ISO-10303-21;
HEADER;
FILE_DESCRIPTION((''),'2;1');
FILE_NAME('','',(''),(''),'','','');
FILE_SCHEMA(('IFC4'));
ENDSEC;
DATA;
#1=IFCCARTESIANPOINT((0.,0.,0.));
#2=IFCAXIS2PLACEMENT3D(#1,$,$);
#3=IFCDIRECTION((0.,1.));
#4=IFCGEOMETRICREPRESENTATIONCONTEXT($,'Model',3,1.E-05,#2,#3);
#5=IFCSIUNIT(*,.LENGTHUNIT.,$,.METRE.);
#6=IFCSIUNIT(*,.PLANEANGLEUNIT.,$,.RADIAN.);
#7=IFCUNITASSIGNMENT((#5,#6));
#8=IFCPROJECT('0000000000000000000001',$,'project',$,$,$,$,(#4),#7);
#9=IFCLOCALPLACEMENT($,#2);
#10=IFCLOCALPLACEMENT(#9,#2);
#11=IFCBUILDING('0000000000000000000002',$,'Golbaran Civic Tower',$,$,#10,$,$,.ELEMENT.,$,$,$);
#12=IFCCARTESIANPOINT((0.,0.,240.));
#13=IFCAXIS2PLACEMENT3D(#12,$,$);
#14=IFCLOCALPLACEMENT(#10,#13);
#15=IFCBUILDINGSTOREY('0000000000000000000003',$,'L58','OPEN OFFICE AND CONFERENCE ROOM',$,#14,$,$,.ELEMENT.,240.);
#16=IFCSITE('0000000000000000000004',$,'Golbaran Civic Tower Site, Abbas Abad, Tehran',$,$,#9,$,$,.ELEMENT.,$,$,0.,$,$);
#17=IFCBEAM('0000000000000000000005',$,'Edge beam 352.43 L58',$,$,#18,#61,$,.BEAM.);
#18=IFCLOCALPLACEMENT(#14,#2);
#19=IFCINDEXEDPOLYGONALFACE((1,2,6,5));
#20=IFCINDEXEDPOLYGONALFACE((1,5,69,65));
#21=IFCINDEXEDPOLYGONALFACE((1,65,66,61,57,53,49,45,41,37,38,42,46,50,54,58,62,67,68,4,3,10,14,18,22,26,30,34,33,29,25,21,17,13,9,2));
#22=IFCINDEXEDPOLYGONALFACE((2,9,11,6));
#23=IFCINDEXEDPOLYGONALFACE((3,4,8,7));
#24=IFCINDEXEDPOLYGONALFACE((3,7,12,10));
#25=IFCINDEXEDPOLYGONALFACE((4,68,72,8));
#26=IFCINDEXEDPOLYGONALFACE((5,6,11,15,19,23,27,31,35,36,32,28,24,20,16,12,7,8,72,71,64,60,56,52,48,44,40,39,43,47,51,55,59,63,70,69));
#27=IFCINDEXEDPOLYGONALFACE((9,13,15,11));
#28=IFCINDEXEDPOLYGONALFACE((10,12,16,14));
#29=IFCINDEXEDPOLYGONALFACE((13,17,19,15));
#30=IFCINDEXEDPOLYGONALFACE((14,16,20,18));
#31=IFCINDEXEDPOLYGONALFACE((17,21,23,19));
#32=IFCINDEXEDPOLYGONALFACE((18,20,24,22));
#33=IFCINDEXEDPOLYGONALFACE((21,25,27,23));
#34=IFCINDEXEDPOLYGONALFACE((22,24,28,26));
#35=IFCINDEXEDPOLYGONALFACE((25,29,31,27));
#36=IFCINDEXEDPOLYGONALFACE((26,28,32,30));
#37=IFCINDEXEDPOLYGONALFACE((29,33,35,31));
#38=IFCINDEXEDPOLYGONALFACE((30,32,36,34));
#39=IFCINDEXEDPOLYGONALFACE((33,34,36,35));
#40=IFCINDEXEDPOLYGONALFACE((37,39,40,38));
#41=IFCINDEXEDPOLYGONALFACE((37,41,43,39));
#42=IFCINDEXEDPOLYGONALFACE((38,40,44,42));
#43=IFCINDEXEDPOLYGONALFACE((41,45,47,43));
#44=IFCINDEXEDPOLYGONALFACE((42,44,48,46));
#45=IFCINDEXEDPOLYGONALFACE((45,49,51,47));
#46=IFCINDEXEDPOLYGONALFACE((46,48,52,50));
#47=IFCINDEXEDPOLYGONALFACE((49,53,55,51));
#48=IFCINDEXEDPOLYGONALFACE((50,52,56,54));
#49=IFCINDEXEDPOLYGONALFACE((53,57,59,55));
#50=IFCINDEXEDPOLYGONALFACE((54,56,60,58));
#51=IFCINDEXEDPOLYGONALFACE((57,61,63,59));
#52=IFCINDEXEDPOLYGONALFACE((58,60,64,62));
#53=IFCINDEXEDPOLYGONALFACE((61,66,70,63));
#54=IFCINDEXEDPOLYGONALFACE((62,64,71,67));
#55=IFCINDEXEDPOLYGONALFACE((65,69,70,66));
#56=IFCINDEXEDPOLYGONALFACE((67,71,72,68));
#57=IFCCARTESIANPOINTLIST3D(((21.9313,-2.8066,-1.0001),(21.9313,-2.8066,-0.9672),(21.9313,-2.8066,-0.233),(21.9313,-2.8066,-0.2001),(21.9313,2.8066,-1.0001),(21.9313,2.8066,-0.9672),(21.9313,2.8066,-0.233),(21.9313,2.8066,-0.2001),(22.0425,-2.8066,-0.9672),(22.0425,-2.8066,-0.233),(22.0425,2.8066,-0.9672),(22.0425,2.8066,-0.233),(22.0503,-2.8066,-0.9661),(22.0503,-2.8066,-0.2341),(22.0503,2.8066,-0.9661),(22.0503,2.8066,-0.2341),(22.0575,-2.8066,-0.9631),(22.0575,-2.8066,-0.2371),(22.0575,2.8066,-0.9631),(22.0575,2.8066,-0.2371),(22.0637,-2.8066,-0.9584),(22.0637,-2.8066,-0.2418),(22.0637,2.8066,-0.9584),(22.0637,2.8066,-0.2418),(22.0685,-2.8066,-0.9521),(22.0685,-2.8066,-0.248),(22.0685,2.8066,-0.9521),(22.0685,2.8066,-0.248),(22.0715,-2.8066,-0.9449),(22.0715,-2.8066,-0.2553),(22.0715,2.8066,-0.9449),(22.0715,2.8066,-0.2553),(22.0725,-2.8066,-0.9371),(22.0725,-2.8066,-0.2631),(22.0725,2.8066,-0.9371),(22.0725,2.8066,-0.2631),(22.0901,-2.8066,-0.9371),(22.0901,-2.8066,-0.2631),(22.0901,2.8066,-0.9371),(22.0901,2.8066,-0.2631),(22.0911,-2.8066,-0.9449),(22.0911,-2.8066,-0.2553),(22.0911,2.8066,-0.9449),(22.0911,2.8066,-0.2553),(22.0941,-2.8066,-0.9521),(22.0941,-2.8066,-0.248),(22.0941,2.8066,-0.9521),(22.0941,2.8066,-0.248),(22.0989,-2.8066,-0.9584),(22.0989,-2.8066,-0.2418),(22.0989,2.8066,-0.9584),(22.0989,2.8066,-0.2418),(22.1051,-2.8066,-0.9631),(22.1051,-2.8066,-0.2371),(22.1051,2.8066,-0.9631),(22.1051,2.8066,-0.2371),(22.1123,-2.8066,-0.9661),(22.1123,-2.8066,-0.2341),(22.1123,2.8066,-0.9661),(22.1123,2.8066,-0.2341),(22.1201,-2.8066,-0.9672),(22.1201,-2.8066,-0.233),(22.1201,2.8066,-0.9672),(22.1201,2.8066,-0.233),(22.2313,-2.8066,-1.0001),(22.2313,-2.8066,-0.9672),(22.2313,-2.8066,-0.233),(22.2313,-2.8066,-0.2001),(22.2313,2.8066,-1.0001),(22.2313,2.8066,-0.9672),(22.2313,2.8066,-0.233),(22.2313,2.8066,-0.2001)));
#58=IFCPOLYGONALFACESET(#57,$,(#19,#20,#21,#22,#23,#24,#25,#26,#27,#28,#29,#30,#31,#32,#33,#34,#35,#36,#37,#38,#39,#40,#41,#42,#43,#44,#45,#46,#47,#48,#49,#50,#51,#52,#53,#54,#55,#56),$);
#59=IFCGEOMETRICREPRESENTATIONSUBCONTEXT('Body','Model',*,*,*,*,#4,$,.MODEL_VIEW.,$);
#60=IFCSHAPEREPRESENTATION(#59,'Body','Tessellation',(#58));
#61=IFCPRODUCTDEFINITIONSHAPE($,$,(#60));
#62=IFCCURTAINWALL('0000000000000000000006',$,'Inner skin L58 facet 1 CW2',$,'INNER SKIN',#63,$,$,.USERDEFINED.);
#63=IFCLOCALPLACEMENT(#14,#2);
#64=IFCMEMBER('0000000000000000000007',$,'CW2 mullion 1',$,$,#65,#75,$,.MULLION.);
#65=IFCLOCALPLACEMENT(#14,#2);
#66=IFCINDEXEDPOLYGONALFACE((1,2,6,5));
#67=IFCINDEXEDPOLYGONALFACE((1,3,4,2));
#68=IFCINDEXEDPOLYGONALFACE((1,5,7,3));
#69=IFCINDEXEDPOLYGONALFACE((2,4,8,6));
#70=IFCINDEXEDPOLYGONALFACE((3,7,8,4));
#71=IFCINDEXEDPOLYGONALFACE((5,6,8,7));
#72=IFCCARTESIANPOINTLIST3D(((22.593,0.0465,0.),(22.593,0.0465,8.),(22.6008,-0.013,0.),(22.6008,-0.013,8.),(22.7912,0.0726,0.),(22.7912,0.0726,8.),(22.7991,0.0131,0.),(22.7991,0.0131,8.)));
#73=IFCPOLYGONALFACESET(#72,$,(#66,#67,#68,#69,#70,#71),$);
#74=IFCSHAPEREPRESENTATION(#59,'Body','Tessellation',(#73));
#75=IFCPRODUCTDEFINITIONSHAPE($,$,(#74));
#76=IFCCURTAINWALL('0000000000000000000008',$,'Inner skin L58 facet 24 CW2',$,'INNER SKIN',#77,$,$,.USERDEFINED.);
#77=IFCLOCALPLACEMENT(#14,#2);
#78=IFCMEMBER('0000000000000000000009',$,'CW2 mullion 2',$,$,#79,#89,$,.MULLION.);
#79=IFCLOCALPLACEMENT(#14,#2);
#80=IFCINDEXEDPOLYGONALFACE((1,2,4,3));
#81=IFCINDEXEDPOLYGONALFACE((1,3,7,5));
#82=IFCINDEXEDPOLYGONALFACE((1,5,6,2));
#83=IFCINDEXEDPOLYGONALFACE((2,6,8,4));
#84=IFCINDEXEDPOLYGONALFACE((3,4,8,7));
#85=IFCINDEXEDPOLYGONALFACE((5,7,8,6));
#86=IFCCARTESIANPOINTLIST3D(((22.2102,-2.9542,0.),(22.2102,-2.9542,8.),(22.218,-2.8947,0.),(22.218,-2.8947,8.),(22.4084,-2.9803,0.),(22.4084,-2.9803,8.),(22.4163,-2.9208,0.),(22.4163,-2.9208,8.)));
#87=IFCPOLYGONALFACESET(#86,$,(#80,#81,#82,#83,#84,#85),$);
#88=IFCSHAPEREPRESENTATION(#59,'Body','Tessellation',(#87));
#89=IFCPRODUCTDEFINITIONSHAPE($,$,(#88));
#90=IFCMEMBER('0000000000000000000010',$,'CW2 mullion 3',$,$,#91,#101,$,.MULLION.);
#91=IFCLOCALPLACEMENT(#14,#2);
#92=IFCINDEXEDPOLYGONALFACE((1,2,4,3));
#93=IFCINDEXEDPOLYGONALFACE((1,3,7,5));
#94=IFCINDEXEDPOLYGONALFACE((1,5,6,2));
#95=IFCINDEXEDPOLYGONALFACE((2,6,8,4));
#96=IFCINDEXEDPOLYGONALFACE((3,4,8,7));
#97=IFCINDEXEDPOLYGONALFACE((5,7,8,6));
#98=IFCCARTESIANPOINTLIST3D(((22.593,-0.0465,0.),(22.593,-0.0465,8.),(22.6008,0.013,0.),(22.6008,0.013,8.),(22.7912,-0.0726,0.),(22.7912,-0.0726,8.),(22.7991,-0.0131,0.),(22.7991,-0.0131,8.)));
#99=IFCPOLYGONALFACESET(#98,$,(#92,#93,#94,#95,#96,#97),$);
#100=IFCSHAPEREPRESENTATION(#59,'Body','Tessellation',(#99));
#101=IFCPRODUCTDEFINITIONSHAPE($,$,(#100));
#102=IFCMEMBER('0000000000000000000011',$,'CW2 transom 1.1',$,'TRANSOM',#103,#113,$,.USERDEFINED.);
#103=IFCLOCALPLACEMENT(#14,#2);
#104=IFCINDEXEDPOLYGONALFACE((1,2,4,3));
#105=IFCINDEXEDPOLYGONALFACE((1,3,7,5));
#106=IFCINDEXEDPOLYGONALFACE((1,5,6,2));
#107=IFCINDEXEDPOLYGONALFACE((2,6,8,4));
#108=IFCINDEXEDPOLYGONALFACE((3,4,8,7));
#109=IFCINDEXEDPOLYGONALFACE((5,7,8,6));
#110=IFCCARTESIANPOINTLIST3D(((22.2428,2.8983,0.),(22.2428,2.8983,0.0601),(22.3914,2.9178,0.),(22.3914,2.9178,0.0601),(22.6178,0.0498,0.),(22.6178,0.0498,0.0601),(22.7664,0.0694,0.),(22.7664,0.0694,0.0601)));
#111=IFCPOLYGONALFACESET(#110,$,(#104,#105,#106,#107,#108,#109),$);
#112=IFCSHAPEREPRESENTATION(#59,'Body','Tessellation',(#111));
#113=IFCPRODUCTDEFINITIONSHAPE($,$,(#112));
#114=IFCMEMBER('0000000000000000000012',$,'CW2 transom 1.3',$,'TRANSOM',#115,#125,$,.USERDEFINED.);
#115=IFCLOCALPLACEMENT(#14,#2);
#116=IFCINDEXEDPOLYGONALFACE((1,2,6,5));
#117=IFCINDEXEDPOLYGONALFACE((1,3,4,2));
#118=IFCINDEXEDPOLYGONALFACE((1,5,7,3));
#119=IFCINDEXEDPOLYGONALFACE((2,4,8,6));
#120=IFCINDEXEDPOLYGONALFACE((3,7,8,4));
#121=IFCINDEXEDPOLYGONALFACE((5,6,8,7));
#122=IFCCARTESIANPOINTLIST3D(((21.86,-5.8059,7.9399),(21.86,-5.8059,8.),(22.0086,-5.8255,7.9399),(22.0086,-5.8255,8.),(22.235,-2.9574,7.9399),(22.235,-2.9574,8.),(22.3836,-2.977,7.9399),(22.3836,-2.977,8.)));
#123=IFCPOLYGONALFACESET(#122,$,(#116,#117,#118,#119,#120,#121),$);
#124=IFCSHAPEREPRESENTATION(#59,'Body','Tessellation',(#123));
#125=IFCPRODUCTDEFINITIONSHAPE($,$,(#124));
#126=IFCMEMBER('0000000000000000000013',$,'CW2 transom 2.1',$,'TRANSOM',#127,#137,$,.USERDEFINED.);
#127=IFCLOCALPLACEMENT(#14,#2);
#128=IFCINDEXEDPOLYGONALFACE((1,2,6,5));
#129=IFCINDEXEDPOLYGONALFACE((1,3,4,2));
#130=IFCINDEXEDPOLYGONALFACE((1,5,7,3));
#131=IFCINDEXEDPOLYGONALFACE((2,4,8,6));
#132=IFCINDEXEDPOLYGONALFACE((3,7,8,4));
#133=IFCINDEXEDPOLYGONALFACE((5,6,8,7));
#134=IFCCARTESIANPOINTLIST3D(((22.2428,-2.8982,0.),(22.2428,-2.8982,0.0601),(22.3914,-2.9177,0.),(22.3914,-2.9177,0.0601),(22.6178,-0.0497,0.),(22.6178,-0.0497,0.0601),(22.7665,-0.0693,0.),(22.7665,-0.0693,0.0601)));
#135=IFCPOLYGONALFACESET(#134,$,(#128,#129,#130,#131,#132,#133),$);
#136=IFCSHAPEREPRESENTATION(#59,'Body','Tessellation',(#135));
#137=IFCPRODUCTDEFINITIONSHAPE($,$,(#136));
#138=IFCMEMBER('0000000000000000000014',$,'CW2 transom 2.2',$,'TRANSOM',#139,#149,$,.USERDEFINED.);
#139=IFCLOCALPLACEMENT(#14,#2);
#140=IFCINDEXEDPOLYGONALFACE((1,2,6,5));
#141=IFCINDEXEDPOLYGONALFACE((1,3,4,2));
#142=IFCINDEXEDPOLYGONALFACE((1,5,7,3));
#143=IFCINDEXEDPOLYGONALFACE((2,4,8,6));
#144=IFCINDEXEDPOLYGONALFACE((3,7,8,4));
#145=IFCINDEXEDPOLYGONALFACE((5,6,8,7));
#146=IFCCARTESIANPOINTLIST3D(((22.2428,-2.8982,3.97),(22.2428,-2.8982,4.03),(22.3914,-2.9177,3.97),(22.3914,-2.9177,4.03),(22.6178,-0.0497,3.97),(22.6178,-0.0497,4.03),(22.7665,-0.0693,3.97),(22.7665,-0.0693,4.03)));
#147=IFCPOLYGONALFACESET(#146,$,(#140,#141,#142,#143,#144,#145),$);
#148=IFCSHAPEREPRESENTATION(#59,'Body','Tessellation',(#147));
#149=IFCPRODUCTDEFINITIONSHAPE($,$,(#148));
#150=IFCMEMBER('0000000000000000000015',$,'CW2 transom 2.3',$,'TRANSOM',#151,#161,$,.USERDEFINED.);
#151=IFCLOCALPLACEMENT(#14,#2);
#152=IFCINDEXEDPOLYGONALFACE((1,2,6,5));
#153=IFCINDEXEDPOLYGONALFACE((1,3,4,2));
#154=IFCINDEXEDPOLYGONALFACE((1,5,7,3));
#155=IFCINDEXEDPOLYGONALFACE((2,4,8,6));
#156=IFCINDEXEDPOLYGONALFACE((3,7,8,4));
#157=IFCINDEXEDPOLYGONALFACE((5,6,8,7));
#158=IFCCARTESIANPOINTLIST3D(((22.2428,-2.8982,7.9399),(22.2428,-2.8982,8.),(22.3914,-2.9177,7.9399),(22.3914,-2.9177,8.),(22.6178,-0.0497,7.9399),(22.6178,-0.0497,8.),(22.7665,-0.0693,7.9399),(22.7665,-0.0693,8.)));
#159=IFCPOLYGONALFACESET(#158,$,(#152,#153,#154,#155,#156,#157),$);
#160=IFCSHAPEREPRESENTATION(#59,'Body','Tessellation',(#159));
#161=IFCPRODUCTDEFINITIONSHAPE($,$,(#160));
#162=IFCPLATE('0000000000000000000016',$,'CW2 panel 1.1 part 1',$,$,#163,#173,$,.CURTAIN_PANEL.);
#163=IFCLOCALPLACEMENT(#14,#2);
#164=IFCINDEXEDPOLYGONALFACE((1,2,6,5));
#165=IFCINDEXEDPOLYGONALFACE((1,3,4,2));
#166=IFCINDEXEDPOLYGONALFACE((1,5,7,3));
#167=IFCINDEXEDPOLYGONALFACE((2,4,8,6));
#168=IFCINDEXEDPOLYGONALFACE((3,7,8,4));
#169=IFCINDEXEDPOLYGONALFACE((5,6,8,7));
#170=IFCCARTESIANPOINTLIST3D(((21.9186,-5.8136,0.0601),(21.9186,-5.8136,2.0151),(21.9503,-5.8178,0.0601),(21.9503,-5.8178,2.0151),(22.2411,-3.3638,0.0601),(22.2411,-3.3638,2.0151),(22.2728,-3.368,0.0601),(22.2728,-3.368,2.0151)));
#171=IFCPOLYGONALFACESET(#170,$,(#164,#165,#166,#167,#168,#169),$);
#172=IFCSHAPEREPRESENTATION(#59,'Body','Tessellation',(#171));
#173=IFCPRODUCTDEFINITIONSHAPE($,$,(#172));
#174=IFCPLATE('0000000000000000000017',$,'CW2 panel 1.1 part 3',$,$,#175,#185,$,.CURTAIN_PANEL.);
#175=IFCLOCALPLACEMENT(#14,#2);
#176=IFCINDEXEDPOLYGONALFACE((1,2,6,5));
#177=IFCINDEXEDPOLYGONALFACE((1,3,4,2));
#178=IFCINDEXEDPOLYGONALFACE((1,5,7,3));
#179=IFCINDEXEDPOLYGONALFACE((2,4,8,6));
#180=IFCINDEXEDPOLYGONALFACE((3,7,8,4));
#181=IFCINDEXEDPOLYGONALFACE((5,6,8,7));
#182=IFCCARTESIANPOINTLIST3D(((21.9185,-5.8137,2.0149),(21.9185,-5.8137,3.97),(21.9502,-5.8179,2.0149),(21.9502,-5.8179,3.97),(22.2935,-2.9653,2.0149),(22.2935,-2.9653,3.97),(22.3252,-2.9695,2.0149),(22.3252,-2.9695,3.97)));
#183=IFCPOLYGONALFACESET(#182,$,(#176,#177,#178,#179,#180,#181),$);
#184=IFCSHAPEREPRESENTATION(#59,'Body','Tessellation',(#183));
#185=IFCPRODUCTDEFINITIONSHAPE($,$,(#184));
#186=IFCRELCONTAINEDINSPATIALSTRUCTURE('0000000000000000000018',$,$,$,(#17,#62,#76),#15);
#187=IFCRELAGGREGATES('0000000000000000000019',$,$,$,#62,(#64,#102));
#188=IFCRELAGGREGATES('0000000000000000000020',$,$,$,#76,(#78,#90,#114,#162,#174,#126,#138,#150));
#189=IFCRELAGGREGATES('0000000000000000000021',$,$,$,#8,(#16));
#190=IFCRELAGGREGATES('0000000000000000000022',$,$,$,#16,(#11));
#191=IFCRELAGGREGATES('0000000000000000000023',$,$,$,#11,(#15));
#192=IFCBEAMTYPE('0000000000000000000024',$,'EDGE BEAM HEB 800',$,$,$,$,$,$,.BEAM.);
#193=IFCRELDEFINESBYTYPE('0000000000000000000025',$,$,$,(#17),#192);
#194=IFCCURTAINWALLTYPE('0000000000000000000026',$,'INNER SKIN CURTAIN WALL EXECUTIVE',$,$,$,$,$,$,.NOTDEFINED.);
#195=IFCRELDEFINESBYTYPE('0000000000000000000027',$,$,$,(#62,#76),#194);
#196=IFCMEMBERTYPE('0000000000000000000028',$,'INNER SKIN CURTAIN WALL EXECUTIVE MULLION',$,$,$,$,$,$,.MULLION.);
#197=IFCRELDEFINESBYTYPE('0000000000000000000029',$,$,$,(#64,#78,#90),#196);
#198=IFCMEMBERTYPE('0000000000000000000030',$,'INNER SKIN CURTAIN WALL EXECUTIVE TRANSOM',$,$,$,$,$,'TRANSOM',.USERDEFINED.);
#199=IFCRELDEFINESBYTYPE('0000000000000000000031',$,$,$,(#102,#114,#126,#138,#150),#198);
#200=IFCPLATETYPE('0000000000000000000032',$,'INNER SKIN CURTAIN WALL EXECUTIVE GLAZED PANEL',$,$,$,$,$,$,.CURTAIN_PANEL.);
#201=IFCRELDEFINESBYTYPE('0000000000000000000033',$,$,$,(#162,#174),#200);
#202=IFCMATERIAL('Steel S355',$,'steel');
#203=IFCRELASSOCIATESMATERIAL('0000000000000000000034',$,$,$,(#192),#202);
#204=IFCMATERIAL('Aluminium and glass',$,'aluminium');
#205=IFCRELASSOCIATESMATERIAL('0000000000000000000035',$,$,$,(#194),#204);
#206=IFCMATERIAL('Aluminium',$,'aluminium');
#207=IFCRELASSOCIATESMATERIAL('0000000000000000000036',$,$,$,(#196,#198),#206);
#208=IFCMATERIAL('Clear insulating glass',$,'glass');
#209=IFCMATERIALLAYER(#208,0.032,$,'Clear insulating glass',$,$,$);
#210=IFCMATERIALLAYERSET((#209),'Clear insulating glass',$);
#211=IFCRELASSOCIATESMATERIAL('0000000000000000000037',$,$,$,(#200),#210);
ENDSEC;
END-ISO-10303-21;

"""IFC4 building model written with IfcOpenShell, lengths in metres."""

from ifc_helpers import new_model, si_unit, direction, frame, origin, origin_2d, place, context, subcontext, project, spatial, rectangle, i_section, extrude, material, layer, layer_set, material_profile, profile_set, type_object, element, aggregate, save


model = new_model("IFC4")

# Units and contexts
model_context = context("Model", 3, precision=1e-05, world=origin(), true_north=direction((0.0, 1.0)))
body_context = subcontext(model_context, "Body", "Model", "MODEL_VIEW")
ifc_project = project(units=[si_unit("LENGTHUNIT", "METRE"), si_unit("PLANEANGLEUNIT", "RADIAN")], contexts=[model_context])

# Site, building, storey
site_placement = place(None, origin())
site = spatial("IfcSite", under=ifc_project, at=site_placement, Name="Golbaran Civic Tower Site, Abbas Abad, Tehran", CompositionType="ELEMENT", RefElevation=0.0)
building_placement = place(site_placement, origin())
building = spatial("IfcBuilding", under=site, at=building_placement, Name="Golbaran Civic Tower", CompositionType="ELEMENT")
storey_placement = place(building_placement, frame((0.0, 0.0, 240.0)))
storey = spatial("IfcBuildingStorey", under=building, at=storey_placement, Name="L58", Description="OPEN OFFICE AND CONFERENCE ROOM", CompositionType="ELEMENT", Elevation=240.0)

# Beam
ifc_material_1 = material(Name="Steel S355", Category="steel")
ifc_material_profile_1 = material_profile(ifc_material_1, i_section(OverallWidth=0.3, OverallDepth=0.8, WebThickness=0.0176, FlangeThickness=0.033, FilletRadius=0.03, at=origin_2d()), Name="HEB 800")
ifc_profile_set_1 = profile_set([ifc_material_profile_1], Name="Steel S355")
beam_type = type_object("IfcBeamType", Name="EDGE BEAM HEB 800", PredefinedType="BEAM", material=ifc_profile_set_1)
beam_placement = place(storey_placement, frame((22.0813, -2.8066, -0.6001), z_axis=(0.0, 1.0, 0.0), x_axis=(-1.0, 0.0, 0.0)))
element("IfcBeam", 1, at=beam_placement, inside=storey, type_object=beam_type, Name="Edge beam 352.43 L58", PredefinedType="BEAM", context=body_context, shape_type="SweptSolid", body=[
    extrude(i_section(OverallWidth=0.3, OverallDepth=0.8, WebThickness=0.0176, FlangeThickness=0.033, FilletRadius=0.03, at=origin_2d()), origin(), (0.0, 0.0, 1.0), 5.6133),
])

# Curtain wall, member
ifc_material_2 = material(Name="Aluminium and glass", Category="aluminium")
curtain_wall_type = type_object("IfcCurtainWallType", Name="INNER SKIN CURTAIN WALL EXECUTIVE", PredefinedType="NOTDEFINED", material=ifc_material_2)
curtain_wall_1_placement = place(storey_placement, origin())
curtain_wall_1 = element("IfcCurtainWall", 2, at=curtain_wall_1_placement, inside=storey, type_object=curtain_wall_type, Name="Inner skin L58 facet 1 CW2", ObjectType="INNER SKIN", PredefinedType="USERDEFINED")
ifc_material_3 = material(Name="Aluminium", Category="aluminium")
ifc_material_profile_2 = material_profile(ifc_material_3, rectangle(XDim=0.2, YDim=0.0601, at=origin_2d()), Name="INNER SKIN CURTAIN WALL EXECUTIVE MULLION")
ifc_profile_set_2 = profile_set([ifc_material_profile_2], Name="Aluminium")
member_type_1 = type_object("IfcMemberType", Name="INNER SKIN CURTAIN WALL EXECUTIVE MULLION", PredefinedType="MULLION", material=ifc_profile_set_2)
member_1_placement = place(storey_placement, frame((22.696, 0.0298, 0.0), z_axis=(0.0, 0.0, 1.0), x_axis=(-0.991445, -0.130526, 0.0)))
member_1 = element("IfcMember", 3, at=member_1_placement, type_object=member_type_1, Name="CW2 mullion 1", PredefinedType="MULLION", context=body_context, shape_type="SweptSolid", body=[
    extrude(rectangle(XDim=0.2, YDim=0.0601, at=origin_2d()), origin(), (0.0, 0.0, 1.0), 8.0),
])

# Curtain wall, members
curtain_wall_2_placement = place(storey_placement, origin())
curtain_wall_2 = element("IfcCurtainWall", 4, at=curtain_wall_2_placement, inside=storey, type_object=curtain_wall_type, Name="Inner skin L58 facet 24 CW2", ObjectType="INNER SKIN", PredefinedType="USERDEFINED")
member_2_placement = place(storey_placement, frame((22.3132, -2.9375, 0.0), z_axis=(0.0, 0.0, 1.0), x_axis=(-0.991445, 0.130526, 0.0)))
member_2 = element("IfcMember", 5, at=member_2_placement, type_object=member_type_1, Name="CW2 mullion 2", PredefinedType="MULLION", context=body_context, shape_type="SweptSolid", body=[
    extrude(rectangle(XDim=0.2, YDim=0.0601, at=origin_2d()), origin(), (0.0, 0.0, 1.0), 8.0),
])
member_3_placement = place(storey_placement, frame((22.696, -0.0298, 0.0), z_axis=(0.0, 0.0, 1.0), x_axis=(-0.991445, 0.130526, 0.0)))
member_3 = element("IfcMember", 6, at=member_3_placement, type_object=member_type_1, Name="CW2 mullion 3", PredefinedType="MULLION", context=body_context, shape_type="SweptSolid", body=[
    extrude(rectangle(XDim=0.2, YDim=0.0601, at=origin_2d()), origin(), (0.0, 0.0, 1.0), 8.0),
])

# Members
ifc_material_profile_3 = material_profile(ifc_material_3, rectangle(XDim=0.1499, YDim=0.0601, at=origin_2d()), Name="INNER SKIN CURTAIN WALL EXECUTIVE TRANSOM")
ifc_profile_set_3 = profile_set([ifc_material_profile_3], Name="Aluminium")
member_type_2 = type_object("IfcMemberType", Name="INNER SKIN CURTAIN WALL EXECUTIVE TRANSOM", ElementType="TRANSOM", PredefinedType="USERDEFINED", material=ifc_profile_set_3)
member_4_placement = place(storey_placement, frame((22.6921, 0.0596, 0.03), z_axis=(-0.130527, 0.991445, 0.0), x_axis=(-0.991445, -0.130527, 0.0)))
member_4 = element("IfcMember", 7, at=member_4_placement, type_object=member_type_2, Name="CW2 transom 1.1", ObjectType="TRANSOM", PredefinedType="USERDEFINED", context=body_context, shape_type="SweptSolid", body=[
    extrude(rectangle(XDim=0.1499, YDim=0.0601, at=origin_2d()), origin(), (0.0, 0.0, 1.0), 2.873),
])
aggregate(curtain_wall_1, [member_1, member_4])
member_5_placement = place(storey_placement, frame((21.9343, -5.8157, 7.97), z_axis=(0.130527, 0.991445, 0.0), x_axis=(-0.991445, 0.130527, 0.0)))
member_5 = element("IfcMember", 8, at=member_5_placement, type_object=member_type_2, Name="CW2 transom 1.3", ObjectType="TRANSOM", PredefinedType="USERDEFINED", context=body_context, shape_type="SweptSolid", body=[
    extrude(rectangle(XDim=0.1499, YDim=0.0601, at=origin_2d()), origin(), (0.0, 0.0, 1.0), 2.873),
])
member_6_placement = place(storey_placement, frame((22.3171, -2.908, 0.03), z_axis=(0.130527, 0.991445, 0.0), x_axis=(-0.991445, 0.130527, 0.0)))
member_6 = element("IfcMember", 9, at=member_6_placement, type_object=member_type_2, Name="CW2 transom 2.1", ObjectType="TRANSOM", PredefinedType="USERDEFINED", context=body_context, shape_type="SweptSolid", body=[
    extrude(rectangle(XDim=0.1499, YDim=0.0601, at=origin_2d()), origin(), (0.0, 0.0, 1.0), 2.873),
])
member_7_placement = place(storey_placement, frame((22.3171, -2.908, 4.0), z_axis=(0.130527, 0.991445, 0.0), x_axis=(-0.991445, 0.130527, 0.0)))
member_7 = element("IfcMember", 10, at=member_7_placement, type_object=member_type_2, Name="CW2 transom 2.2", ObjectType="TRANSOM", PredefinedType="USERDEFINED", context=body_context, shape_type="SweptSolid", body=[
    extrude(rectangle(XDim=0.1499, YDim=0.0601, at=origin_2d()), origin(), (0.0, 0.0, 1.0), 2.873),
])
member_8_placement = place(storey_placement, frame((22.3171, -2.908, 7.97), z_axis=(0.130527, 0.991445, 0.0), x_axis=(-0.991445, 0.130527, 0.0)))
member_8 = element("IfcMember", 11, at=member_8_placement, type_object=member_type_2, Name="CW2 transom 2.3", ObjectType="TRANSOM", PredefinedType="USERDEFINED", context=body_context, shape_type="SweptSolid", body=[
    extrude(rectangle(XDim=0.1499, YDim=0.0601, at=origin_2d()), origin(), (0.0, 0.0, 1.0), 2.873),
])

# Plates
ifc_material_4 = material(Name="Clear insulating glass", Category="glass")
ifc_layer_1 = layer(ifc_material_4, 0.032, Name="Clear insulating glass")
ifc_layer_set_1 = layer_set([ifc_layer_1], Name="Clear insulating glass")
plate_type_1 = type_object("IfcPlateType", Name="INNER SKIN CURTAIN WALL EXECUTIVE GLAZED PANEL", PredefinedType="CURTAIN_PANEL", material=ifc_layer_set_1)
plate_1_placement = place(storey_placement, frame((22.0957, -4.5908, 0.0601), z_axis=(0.0, 0.0, 1.0), x_axis=(0.130526, 0.991445, 0.0)))
plate_1 = element("IfcPlate", 12, at=plate_1_placement, type_object=plate_type_1, Name="CW2 panel 1.1 part 1", PredefinedType="CURTAIN_PANEL", context=body_context, shape_type="SweptSolid", body=[
    extrude(rectangle(XDim=2.4709, YDim=0.032, at=origin_2d()), origin(), (0.0, 0.0, 1.0), 1.9551),
])
plate_2_placement = place(storey_placement, frame((22.1218, -4.3916, 2.0149), z_axis=(0.0, 0.0, 1.0), x_axis=(0.130526, 0.991445, 0.0)))
plate_2 = element("IfcPlate", 13, at=plate_2_placement, type_object=plate_type_1, Name="CW2 panel 1.1 part 3", PredefinedType="CURTAIN_PANEL", context=body_context, shape_type="SweptSolid", body=[
    extrude(rectangle(XDim=2.873, YDim=0.032, at=origin_2d()), origin(), (0.0, 0.0, 1.0), 1.9551),
])
aggregate(curtain_wall_2, [member_2, member_3, member_5, plate_1, plate_2, member_6, member_7, member_8])

save(model, "model.ifc")
